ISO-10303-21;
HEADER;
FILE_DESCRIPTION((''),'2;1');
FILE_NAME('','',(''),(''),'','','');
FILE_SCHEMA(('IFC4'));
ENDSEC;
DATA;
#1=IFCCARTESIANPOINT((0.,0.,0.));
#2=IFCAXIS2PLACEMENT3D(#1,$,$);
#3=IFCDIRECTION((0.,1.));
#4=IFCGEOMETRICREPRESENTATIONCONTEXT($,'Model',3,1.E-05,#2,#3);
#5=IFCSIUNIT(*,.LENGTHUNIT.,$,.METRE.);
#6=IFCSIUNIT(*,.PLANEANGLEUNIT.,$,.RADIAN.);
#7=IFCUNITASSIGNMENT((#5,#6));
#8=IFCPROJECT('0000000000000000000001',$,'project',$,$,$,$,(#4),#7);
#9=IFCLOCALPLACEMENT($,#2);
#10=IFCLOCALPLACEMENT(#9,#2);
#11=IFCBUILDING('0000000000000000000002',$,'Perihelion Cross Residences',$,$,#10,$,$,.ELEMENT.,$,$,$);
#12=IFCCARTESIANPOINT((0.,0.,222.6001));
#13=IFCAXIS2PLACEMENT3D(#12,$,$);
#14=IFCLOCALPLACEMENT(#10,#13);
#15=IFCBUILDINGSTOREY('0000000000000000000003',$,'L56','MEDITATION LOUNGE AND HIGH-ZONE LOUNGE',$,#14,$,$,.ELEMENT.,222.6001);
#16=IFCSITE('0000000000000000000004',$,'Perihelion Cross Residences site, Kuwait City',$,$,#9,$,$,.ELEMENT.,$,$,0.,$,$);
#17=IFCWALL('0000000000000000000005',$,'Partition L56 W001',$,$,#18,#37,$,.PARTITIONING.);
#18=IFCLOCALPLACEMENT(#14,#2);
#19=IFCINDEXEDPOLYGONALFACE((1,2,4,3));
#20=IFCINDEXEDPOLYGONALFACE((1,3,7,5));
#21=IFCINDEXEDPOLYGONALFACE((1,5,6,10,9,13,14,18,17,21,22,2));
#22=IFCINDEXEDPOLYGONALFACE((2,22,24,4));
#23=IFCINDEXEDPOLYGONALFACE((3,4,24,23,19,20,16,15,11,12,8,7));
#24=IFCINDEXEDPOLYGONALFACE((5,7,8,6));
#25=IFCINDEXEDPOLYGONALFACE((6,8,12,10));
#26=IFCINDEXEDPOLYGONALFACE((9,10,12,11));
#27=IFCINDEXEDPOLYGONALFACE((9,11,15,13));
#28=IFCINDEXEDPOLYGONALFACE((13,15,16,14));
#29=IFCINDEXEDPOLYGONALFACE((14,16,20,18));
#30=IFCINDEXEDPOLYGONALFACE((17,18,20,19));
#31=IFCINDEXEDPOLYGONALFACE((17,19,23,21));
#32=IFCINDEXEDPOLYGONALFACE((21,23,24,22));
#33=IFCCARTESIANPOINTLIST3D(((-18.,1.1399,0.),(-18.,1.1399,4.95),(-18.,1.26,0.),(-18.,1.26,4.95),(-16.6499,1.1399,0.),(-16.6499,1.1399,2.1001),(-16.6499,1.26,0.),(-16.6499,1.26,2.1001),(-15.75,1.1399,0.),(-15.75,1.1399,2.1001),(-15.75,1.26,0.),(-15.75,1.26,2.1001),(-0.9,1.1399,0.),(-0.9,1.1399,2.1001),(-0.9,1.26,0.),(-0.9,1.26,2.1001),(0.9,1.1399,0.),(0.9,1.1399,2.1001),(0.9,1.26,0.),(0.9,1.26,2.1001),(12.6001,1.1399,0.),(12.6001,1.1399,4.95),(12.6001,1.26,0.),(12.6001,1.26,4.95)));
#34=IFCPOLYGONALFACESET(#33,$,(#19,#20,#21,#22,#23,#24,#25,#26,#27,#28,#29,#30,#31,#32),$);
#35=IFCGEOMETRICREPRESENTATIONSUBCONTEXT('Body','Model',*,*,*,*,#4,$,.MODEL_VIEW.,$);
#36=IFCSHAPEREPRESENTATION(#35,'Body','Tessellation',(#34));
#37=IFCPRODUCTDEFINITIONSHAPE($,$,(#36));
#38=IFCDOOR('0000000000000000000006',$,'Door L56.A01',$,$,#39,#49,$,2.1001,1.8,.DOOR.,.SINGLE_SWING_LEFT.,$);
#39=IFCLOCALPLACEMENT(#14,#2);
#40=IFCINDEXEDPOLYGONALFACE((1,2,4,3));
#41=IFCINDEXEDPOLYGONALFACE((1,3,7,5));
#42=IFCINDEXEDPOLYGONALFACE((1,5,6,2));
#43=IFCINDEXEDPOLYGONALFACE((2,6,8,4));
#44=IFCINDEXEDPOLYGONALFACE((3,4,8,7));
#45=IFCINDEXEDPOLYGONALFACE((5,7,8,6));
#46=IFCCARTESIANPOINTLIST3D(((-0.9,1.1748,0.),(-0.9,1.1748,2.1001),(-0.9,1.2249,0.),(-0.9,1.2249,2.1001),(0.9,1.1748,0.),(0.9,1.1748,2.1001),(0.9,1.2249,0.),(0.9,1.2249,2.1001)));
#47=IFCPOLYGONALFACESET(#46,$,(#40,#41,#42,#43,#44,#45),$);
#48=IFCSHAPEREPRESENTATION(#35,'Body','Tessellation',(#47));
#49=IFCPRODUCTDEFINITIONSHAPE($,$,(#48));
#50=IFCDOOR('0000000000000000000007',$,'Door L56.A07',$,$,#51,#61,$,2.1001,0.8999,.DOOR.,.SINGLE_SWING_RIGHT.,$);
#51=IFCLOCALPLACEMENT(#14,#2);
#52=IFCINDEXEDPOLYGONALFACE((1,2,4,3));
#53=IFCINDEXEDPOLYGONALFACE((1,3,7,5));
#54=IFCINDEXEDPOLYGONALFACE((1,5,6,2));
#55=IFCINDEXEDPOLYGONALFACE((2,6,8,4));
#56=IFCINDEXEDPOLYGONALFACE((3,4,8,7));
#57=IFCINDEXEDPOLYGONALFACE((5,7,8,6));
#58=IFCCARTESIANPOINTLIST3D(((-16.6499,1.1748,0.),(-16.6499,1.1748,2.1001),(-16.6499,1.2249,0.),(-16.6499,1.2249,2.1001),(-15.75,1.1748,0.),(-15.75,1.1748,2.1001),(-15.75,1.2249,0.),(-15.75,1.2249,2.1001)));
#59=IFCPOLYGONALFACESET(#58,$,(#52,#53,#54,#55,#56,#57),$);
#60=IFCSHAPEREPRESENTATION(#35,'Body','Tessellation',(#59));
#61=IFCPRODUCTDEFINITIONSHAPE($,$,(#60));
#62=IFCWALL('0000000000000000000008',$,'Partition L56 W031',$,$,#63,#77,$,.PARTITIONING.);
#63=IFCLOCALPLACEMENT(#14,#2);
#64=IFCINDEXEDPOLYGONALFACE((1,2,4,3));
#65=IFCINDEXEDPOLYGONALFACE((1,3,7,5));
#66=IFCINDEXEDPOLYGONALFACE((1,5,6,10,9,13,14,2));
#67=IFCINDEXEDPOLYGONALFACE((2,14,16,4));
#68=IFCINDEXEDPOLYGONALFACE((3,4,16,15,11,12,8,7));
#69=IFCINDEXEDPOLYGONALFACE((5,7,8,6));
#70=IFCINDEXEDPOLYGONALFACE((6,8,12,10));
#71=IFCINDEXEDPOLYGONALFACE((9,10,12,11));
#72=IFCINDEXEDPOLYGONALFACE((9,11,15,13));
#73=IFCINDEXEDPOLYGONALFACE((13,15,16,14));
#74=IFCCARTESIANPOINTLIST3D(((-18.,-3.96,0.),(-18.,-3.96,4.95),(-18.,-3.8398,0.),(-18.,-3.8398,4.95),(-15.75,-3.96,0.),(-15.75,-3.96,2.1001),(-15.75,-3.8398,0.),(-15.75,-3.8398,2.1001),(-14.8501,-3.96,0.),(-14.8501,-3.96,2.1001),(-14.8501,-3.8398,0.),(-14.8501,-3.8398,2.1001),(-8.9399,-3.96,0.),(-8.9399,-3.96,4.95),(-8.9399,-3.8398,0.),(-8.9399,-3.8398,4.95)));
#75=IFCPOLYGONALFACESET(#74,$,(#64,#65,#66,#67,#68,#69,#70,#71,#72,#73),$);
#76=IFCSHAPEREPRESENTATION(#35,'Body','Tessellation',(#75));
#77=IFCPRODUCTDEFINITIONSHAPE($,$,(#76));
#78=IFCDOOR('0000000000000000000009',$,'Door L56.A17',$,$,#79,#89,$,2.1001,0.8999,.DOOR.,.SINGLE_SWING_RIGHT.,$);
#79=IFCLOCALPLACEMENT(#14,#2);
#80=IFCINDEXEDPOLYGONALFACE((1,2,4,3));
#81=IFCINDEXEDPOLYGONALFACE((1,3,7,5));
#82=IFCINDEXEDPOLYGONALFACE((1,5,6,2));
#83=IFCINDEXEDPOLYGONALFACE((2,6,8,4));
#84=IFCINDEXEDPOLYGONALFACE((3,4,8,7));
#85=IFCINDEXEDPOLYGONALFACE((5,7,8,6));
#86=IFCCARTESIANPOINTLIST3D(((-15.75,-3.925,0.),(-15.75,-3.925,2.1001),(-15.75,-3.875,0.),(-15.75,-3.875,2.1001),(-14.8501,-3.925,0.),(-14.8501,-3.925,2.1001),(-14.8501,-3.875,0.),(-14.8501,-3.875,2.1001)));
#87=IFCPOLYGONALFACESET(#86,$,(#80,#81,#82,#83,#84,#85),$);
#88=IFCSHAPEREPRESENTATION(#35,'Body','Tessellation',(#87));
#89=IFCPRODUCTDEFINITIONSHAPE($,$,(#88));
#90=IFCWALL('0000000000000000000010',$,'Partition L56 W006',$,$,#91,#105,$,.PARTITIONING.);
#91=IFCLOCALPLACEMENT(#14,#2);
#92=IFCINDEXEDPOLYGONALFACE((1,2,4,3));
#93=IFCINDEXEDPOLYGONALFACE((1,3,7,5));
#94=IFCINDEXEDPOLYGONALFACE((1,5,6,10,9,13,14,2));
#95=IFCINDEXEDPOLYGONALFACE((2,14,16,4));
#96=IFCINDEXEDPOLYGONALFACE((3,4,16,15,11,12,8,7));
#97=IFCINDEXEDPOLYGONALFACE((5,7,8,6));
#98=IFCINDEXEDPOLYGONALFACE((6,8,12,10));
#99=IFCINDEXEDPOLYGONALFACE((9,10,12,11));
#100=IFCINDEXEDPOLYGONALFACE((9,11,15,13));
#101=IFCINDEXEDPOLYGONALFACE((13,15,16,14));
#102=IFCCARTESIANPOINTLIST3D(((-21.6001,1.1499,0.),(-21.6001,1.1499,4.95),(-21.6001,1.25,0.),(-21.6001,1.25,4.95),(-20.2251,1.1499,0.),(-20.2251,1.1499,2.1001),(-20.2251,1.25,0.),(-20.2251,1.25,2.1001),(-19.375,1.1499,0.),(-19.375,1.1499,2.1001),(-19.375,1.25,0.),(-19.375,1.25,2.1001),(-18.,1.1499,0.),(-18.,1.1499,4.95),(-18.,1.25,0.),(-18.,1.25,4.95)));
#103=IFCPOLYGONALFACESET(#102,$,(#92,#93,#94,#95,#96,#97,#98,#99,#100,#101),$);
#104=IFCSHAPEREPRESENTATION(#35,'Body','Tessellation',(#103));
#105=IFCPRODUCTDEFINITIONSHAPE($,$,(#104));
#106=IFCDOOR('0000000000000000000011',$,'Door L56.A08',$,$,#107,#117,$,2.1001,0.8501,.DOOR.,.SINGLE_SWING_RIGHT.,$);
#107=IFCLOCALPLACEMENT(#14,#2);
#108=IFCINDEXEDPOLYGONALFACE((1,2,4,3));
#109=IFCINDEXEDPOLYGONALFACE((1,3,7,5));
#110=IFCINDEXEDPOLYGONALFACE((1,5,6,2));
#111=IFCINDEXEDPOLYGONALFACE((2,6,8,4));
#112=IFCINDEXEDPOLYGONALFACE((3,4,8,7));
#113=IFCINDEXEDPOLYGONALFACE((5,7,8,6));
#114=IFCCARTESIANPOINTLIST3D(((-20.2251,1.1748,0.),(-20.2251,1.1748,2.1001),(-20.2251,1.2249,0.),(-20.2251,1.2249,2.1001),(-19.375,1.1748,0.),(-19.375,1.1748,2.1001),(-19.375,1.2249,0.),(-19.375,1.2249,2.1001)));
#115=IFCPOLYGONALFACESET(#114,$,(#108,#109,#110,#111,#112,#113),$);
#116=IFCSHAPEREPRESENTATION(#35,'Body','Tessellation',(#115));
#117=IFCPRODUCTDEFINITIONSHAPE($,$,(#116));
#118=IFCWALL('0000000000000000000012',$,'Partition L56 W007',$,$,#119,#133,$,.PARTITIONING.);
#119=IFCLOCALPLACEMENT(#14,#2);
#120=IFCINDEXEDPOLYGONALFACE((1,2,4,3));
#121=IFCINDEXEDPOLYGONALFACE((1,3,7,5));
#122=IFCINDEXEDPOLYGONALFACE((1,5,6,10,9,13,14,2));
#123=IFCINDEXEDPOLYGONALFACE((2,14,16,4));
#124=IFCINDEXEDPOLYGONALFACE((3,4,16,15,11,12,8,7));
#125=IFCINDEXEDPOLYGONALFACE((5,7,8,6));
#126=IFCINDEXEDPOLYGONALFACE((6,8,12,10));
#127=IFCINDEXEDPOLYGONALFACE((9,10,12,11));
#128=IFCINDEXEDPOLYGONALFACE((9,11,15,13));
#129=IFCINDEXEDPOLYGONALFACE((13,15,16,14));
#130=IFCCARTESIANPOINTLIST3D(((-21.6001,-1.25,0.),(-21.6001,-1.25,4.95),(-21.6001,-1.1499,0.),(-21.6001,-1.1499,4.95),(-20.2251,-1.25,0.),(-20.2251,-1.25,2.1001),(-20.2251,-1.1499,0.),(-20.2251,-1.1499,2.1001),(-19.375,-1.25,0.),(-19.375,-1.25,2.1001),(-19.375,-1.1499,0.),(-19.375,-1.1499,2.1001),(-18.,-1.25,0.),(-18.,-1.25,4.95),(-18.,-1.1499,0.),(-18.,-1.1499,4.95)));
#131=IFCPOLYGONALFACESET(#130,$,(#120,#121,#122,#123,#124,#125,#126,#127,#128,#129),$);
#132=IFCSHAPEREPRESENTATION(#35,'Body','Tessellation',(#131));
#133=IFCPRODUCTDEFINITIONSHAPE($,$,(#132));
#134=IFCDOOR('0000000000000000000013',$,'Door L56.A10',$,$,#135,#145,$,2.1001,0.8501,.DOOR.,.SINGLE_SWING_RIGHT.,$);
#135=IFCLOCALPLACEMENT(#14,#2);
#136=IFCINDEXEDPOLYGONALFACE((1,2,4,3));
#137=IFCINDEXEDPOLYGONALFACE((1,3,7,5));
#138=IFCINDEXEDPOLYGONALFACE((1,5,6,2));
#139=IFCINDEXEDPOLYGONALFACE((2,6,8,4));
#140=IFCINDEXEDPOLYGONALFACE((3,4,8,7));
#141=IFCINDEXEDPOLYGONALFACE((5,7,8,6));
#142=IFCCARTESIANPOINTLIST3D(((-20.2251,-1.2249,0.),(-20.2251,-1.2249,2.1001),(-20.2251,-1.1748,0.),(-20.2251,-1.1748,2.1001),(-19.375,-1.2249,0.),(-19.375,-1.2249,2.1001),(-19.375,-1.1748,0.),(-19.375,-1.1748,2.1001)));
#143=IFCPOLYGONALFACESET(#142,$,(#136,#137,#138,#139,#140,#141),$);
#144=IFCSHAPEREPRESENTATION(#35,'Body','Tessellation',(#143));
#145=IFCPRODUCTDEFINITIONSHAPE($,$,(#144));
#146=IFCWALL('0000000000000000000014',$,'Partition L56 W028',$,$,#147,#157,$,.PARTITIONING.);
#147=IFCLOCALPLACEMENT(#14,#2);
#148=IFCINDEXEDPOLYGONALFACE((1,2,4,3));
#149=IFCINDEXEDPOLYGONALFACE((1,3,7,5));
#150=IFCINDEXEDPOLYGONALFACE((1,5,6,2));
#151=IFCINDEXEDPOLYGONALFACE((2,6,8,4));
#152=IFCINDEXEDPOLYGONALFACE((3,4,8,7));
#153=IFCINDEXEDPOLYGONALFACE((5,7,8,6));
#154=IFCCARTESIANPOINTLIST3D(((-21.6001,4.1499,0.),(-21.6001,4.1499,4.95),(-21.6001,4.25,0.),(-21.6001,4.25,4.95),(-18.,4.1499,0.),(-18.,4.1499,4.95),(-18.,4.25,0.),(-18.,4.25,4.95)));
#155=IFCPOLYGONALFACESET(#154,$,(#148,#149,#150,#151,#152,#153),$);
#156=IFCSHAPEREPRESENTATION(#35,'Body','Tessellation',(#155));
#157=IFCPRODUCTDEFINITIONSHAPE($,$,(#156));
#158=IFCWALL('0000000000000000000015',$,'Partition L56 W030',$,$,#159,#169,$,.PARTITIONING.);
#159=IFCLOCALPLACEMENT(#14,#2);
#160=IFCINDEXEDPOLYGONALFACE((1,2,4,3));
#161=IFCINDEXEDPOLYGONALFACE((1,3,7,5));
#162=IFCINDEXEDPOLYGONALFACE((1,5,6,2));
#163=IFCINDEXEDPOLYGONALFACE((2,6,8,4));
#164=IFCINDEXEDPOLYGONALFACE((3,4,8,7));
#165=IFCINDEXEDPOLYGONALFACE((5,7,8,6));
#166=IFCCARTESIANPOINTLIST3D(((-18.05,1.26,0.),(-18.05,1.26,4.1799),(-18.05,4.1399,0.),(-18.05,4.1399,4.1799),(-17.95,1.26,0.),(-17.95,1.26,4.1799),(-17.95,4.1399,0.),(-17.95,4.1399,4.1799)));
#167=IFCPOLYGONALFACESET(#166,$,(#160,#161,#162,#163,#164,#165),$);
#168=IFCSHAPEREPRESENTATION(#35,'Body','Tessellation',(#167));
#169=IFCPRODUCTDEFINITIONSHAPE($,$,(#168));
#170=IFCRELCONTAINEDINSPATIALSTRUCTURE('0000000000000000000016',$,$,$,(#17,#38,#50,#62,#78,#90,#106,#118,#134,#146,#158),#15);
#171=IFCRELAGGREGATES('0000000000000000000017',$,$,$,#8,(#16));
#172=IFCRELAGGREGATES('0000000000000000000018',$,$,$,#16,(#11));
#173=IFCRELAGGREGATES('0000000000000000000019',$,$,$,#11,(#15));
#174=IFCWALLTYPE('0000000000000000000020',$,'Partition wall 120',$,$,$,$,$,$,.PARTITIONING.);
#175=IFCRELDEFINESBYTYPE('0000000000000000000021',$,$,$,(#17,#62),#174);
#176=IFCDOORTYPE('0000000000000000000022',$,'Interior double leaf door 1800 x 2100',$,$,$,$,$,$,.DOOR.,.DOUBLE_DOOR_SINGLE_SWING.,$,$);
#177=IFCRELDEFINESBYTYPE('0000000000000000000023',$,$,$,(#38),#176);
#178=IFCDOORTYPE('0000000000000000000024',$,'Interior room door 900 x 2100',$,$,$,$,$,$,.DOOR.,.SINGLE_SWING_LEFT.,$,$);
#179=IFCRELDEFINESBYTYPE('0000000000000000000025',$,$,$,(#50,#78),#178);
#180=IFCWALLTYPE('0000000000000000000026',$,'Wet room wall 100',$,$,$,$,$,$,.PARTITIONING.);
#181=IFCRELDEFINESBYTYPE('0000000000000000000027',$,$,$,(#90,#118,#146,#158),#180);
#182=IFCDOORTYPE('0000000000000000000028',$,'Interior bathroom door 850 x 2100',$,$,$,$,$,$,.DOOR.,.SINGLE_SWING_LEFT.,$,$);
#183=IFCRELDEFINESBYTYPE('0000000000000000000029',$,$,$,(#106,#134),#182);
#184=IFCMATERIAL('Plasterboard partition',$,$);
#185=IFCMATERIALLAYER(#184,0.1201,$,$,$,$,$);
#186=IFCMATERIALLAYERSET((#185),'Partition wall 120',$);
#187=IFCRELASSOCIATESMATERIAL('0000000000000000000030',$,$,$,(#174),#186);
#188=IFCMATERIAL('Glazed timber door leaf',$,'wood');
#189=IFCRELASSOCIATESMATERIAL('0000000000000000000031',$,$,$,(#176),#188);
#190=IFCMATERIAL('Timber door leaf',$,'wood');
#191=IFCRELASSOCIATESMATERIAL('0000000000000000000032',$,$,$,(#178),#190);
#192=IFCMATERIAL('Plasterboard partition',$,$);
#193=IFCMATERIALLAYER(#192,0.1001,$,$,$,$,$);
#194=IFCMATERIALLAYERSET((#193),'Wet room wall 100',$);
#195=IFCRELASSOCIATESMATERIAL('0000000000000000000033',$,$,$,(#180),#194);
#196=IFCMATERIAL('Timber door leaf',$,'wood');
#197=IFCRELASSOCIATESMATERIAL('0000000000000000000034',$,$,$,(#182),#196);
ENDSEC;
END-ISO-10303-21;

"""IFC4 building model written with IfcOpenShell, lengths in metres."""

from ifc_helpers import new_model, si_unit, direction, frame, frame_2d, origin, place, context, subcontext, project, spatial, rectangle, extrude, material, layer, layer_set, type_object, element, fill, save


model = new_model("IFC4")

# Units and contexts
model_context = context("Model", 3, precision=1e-05, world=origin(), true_north=direction((0.0, 1.0)))
body_context = subcontext(model_context, "Body", "Model", "MODEL_VIEW")
ifc_project = project(units=[si_unit("LENGTHUNIT", "METRE"), si_unit("PLANEANGLEUNIT", "RADIAN")], contexts=[model_context])

# Site, building, storey
site_placement = place(None, origin())
site = spatial("IfcSite", under=ifc_project, at=site_placement, Name="Perihelion Cross Residences site, Kuwait City", CompositionType="ELEMENT", RefElevation=0.0)
building_placement = place(site_placement, origin())
building = spatial("IfcBuilding", under=site, at=building_placement, Name="Perihelion Cross Residences", CompositionType="ELEMENT")
storey_placement = place(building_placement, frame((0.0, 0.0, 222.6001)))
storey = spatial("IfcBuildingStorey", under=building, at=storey_placement, Name="L56", Description="MEDITATION LOUNGE AND HIGH-ZONE LOUNGE", CompositionType="ELEMENT", Elevation=222.6001)

# Wall, openings, doors
ifc_material_1 = material(Name="Plasterboard partition")
ifc_layer_1 = layer(ifc_material_1, 0.1201)
ifc_layer_set_1 = layer_set([ifc_layer_1], Name="Partition wall 120")
wall_type_1 = type_object("IfcWallType", Name="Partition wall 120", PredefinedType="PARTITIONING", material=ifc_layer_set_1)
wall_1_placement = place(storey_placement, frame((-18.0, 1.2, 0.0), z_axis=(0.0, 0.0, 1.0), x_axis=(1.0, 0.0, 0.0)))
wall_1 = element("IfcWall", 1, at=wall_1_placement, inside=storey, type_object=wall_type_1, Name="Partition L56 W001", PredefinedType="PARTITIONING", context=body_context, shape_type="SweptSolid", body=[
    extrude(rectangle(XDim=30.6001, YDim=0.1201, at=frame_2d((15.3, 0.0))), origin(), (0.0, 0.0, 1.0), 4.95),
])
opening_1_placement = place(wall_1_placement, frame((17.1001, 0.0, 0.0)))
opening_1 = element("IfcOpeningElement", 2, at=opening_1_placement, cuts=wall_1, PredefinedType="OPENING", context=body_context, shape_type="SweptSolid", body=[
    extrude(rectangle(XDim=1.8, YDim=2.1001, at=frame_2d((0.8999, 1.05))), frame((0.0, 0.0701, 0.0), z_axis=(0.0, -1.0, 0.0), x_axis=(1.0, 0.0, 0.0)), (0.0, 0.0, 1.0), 0.1401),
])
opening_2_placement = place(wall_1_placement, frame((1.3501, 0.0, 0.0)))
opening_2 = element("IfcOpeningElement", 3, at=opening_2_placement, cuts=wall_1, PredefinedType="OPENING", context=body_context, shape_type="SweptSolid", body=[
    extrude(rectangle(XDim=0.8999, YDim=2.1001, at=frame_2d((0.45, 1.05))), frame((0.0, 0.0701, 0.0), z_axis=(0.0, -1.0, 0.0), x_axis=(1.0, 0.0, 0.0)), (0.0, 0.0, 1.0), 0.1401),
])
ifc_material_2 = material(Name="Glazed timber door leaf", Category="wood")
door_type_1 = type_object("IfcDoorType", Name="Interior double leaf door 1800 x 2100", OperationType="DOUBLE_DOOR_SINGLE_SWING", PredefinedType="DOOR", material=ifc_material_2)
door_1_placement = place(opening_1_placement, origin())
door_1 = element("IfcDoor", 4, at=door_1_placement, inside=storey, type_object=door_type_1, Name="Door L56.A01", OperationType="SINGLE_SWING_LEFT", OverallHeight=2.1001, OverallWidth=1.8, PredefinedType="DOOR", context=body_context, shape_type="SweptSolid", body=[
    extrude(rectangle(XDim=1.8, YDim=2.1001, at=frame_2d((0.8999, 1.05))), frame((0.0, 0.0249, 0.0), z_axis=(0.0, -1.0, 0.0), x_axis=(1.0, 0.0, 0.0)), (0.0, 0.0, 1.0), 0.05),
])
fill(opening_1, door_1)
ifc_material_3 = material(Name="Timber door leaf", Category="wood")
door_type_2 = type_object("IfcDoorType", Name="Interior room door 900 x 2100", OperationType="SINGLE_SWING_LEFT", PredefinedType="DOOR", material=ifc_material_3)
door_2_placement = place(opening_2_placement, origin())
door_2 = element("IfcDoor", 5, at=door_2_placement, inside=storey, type_object=door_type_2, Name="Door L56.A07", OperationType="SINGLE_SWING_RIGHT", OverallHeight=2.1001, OverallWidth=0.8999, PredefinedType="DOOR", context=body_context, shape_type="SweptSolid", body=[
    extrude(rectangle(XDim=0.8999, YDim=2.1001, at=frame_2d((0.45, 1.05))), frame((0.0, 0.0249, 0.0), z_axis=(0.0, -1.0, 0.0), x_axis=(1.0, 0.0, 0.0)), (0.0, 0.0, 1.0), 0.05),
])
fill(opening_2, door_2)

# Walls, openings, doors
wall_2_placement = place(storey_placement, frame((-18.0, -3.8999, 0.0), z_axis=(0.0, 0.0, 1.0), x_axis=(1.0, 0.0, 0.0)))
wall_2 = element("IfcWall", 6, at=wall_2_placement, inside=storey, type_object=wall_type_1, Name="Partition L56 W031", PredefinedType="PARTITIONING", context=body_context, shape_type="SweptSolid", body=[
    extrude(rectangle(XDim=9.0601, YDim=0.1201, at=frame_2d((4.53, 0.0))), origin(), (0.0, 0.0, 1.0), 4.95),
])
opening_3_placement = place(wall_2_placement, frame((2.25, 0.0, 0.0)))
opening_3 = element("IfcOpeningElement", 7, at=opening_3_placement, cuts=wall_2, PredefinedType="OPENING", context=body_context, shape_type="SweptSolid", body=[
    extrude(rectangle(XDim=0.8999, YDim=2.1001, at=frame_2d((0.45, 1.05))), frame((0.0, 0.0701, 0.0), z_axis=(0.0, -1.0, 0.0), x_axis=(1.0, 0.0, 0.0)), (0.0, 0.0, 1.0), 0.1401),
])
door_3_placement = place(opening_3_placement, origin())
door_3 = element("IfcDoor", 8, at=door_3_placement, inside=storey, type_object=door_type_2, Name="Door L56.A17", OperationType="SINGLE_SWING_RIGHT", OverallHeight=2.1001, OverallWidth=0.8999, PredefinedType="DOOR", context=body_context, shape_type="SweptSolid", body=[
    extrude(rectangle(XDim=0.8999, YDim=2.1001, at=frame_2d((0.45, 1.05))), frame((0.0, 0.0249, 0.0), z_axis=(0.0, -1.0, 0.0), x_axis=(1.0, 0.0, 0.0)), (0.0, 0.0, 1.0), 0.05),
])
fill(opening_3, door_3)
ifc_material_4 = material(Name="Plasterboard partition")
ifc_layer_2 = layer(ifc_material_4, 0.1001)
ifc_layer_set_2 = layer_set([ifc_layer_2], Name="Wet room wall 100")
wall_type_2 = type_object("IfcWallType", Name="Wet room wall 100", PredefinedType="PARTITIONING", material=ifc_layer_set_2)
wall_3_placement = place(storey_placement, frame((-21.6001, 1.2, 0.0), z_axis=(0.0, 0.0, 1.0), x_axis=(1.0, 0.0, 0.0)))
wall_3 = element("IfcWall", 9, at=wall_3_placement, inside=storey, type_object=wall_type_2, Name="Partition L56 W006", PredefinedType="PARTITIONING", context=body_context, shape_type="SweptSolid", body=[
    extrude(rectangle(XDim=3.6001, YDim=0.1001, at=frame_2d((1.8, 0.0))), origin(), (0.0, 0.0, 1.0), 4.95),
])
opening_4_placement = place(wall_3_placement, frame((1.375, 0.0, 0.0)))
opening_4 = element("IfcOpeningElement", 10, at=opening_4_placement, cuts=wall_3, PredefinedType="OPENING", context=body_context, shape_type="SweptSolid", body=[
    extrude(rectangle(XDim=0.8501, YDim=2.1001, at=frame_2d((0.425, 1.05))), frame((0.0, 0.0601, 0.0), z_axis=(0.0, -1.0, 0.0), x_axis=(1.0, 0.0, 0.0)), (0.0, 0.0, 1.0), 0.1201),
])
ifc_material_5 = material(Name="Timber door leaf", Category="wood")
door_type_3 = type_object("IfcDoorType", Name="Interior bathroom door 850 x 2100", OperationType="SINGLE_SWING_LEFT", PredefinedType="DOOR", material=ifc_material_5)
door_4_placement = place(opening_4_placement, origin())
door_4 = element("IfcDoor", 11, at=door_4_placement, inside=storey, type_object=door_type_3, Name="Door L56.A08", OperationType="SINGLE_SWING_RIGHT", OverallHeight=2.1001, OverallWidth=0.8501, PredefinedType="DOOR", context=body_context, shape_type="SweptSolid", body=[
    extrude(rectangle(XDim=0.8501, YDim=2.1001, at=frame_2d((0.425, 1.05))), frame((0.0, 0.0249, 0.0), z_axis=(0.0, -1.0, 0.0), x_axis=(1.0, 0.0, 0.0)), (0.0, 0.0, 1.0), 0.05),
])
fill(opening_4, door_4)
wall_4_placement = place(storey_placement, frame((-18.0, -1.2, 0.0), z_axis=(0.0, 0.0, 1.0), x_axis=(-1.0, 0.0, 0.0)))
wall_4 = element("IfcWall", 12, at=wall_4_placement, inside=storey, type_object=wall_type_2, Name="Partition L56 W007", PredefinedType="PARTITIONING", context=body_context, shape_type="SweptSolid", body=[
    extrude(rectangle(XDim=3.6001, YDim=0.1001, at=frame_2d((1.8, 0.0))), origin(), (0.0, 0.0, 1.0), 4.95),
])
opening_5_placement = place(wall_4_placement, frame((1.375, 0.0, 0.0)))
opening_5 = element("IfcOpeningElement", 13, at=opening_5_placement, cuts=wall_4, PredefinedType="OPENING", context=body_context, shape_type="SweptSolid", body=[
    extrude(rectangle(XDim=0.8501, YDim=2.1001, at=frame_2d((0.425, 1.05))), frame((0.0, 0.0601, 0.0), z_axis=(0.0, -1.0, 0.0), x_axis=(1.0, 0.0, 0.0)), (0.0, 0.0, 1.0), 0.1201),
])
door_5_placement = place(opening_5_placement, origin())
door_5 = element("IfcDoor", 14, at=door_5_placement, inside=storey, type_object=door_type_3, Name="Door L56.A10", OperationType="SINGLE_SWING_RIGHT", OverallHeight=2.1001, OverallWidth=0.8501, PredefinedType="DOOR", context=body_context, shape_type="SweptSolid", body=[
    extrude(rectangle(XDim=0.8501, YDim=2.1001, at=frame_2d((0.425, 1.05))), frame((0.0, 0.0249, 0.0), z_axis=(0.0, -1.0, 0.0), x_axis=(1.0, 0.0, 0.0)), (0.0, 0.0, 1.0), 0.05),
])
fill(opening_5, door_5)

# Walls
wall_5_placement = place(storey_placement, frame((-18.0, 4.2, 0.0), z_axis=(0.0, 0.0, 1.0), x_axis=(-1.0, 0.0, 0.0)))
element("IfcWall", 15, at=wall_5_placement, inside=storey, type_object=wall_type_2, Name="Partition L56 W028", PredefinedType="PARTITIONING", context=body_context, shape_type="SweptSolid", body=[
    extrude(rectangle(XDim=3.6001, YDim=0.1001, at=frame_2d((1.8, 0.0))), origin(), (0.0, 0.0, 1.0), 4.95),
])
wall_6_placement = place(storey_placement, frame((-18.0, 1.26, 0.0), z_axis=(0.0, 0.0, 1.0), x_axis=(0.0, 1.0, 0.0)))
element("IfcWall", 16, at=wall_6_placement, inside=storey, type_object=wall_type_2, Name="Partition L56 W030", PredefinedType="PARTITIONING", context=body_context, shape_type="SweptSolid", body=[
    extrude(rectangle(XDim=2.8799, YDim=0.1001, at=frame_2d((1.4399, 0.0))), origin(), (0.0, 0.0, 1.0), 4.1799),
])

save(model, "model.ifc")
